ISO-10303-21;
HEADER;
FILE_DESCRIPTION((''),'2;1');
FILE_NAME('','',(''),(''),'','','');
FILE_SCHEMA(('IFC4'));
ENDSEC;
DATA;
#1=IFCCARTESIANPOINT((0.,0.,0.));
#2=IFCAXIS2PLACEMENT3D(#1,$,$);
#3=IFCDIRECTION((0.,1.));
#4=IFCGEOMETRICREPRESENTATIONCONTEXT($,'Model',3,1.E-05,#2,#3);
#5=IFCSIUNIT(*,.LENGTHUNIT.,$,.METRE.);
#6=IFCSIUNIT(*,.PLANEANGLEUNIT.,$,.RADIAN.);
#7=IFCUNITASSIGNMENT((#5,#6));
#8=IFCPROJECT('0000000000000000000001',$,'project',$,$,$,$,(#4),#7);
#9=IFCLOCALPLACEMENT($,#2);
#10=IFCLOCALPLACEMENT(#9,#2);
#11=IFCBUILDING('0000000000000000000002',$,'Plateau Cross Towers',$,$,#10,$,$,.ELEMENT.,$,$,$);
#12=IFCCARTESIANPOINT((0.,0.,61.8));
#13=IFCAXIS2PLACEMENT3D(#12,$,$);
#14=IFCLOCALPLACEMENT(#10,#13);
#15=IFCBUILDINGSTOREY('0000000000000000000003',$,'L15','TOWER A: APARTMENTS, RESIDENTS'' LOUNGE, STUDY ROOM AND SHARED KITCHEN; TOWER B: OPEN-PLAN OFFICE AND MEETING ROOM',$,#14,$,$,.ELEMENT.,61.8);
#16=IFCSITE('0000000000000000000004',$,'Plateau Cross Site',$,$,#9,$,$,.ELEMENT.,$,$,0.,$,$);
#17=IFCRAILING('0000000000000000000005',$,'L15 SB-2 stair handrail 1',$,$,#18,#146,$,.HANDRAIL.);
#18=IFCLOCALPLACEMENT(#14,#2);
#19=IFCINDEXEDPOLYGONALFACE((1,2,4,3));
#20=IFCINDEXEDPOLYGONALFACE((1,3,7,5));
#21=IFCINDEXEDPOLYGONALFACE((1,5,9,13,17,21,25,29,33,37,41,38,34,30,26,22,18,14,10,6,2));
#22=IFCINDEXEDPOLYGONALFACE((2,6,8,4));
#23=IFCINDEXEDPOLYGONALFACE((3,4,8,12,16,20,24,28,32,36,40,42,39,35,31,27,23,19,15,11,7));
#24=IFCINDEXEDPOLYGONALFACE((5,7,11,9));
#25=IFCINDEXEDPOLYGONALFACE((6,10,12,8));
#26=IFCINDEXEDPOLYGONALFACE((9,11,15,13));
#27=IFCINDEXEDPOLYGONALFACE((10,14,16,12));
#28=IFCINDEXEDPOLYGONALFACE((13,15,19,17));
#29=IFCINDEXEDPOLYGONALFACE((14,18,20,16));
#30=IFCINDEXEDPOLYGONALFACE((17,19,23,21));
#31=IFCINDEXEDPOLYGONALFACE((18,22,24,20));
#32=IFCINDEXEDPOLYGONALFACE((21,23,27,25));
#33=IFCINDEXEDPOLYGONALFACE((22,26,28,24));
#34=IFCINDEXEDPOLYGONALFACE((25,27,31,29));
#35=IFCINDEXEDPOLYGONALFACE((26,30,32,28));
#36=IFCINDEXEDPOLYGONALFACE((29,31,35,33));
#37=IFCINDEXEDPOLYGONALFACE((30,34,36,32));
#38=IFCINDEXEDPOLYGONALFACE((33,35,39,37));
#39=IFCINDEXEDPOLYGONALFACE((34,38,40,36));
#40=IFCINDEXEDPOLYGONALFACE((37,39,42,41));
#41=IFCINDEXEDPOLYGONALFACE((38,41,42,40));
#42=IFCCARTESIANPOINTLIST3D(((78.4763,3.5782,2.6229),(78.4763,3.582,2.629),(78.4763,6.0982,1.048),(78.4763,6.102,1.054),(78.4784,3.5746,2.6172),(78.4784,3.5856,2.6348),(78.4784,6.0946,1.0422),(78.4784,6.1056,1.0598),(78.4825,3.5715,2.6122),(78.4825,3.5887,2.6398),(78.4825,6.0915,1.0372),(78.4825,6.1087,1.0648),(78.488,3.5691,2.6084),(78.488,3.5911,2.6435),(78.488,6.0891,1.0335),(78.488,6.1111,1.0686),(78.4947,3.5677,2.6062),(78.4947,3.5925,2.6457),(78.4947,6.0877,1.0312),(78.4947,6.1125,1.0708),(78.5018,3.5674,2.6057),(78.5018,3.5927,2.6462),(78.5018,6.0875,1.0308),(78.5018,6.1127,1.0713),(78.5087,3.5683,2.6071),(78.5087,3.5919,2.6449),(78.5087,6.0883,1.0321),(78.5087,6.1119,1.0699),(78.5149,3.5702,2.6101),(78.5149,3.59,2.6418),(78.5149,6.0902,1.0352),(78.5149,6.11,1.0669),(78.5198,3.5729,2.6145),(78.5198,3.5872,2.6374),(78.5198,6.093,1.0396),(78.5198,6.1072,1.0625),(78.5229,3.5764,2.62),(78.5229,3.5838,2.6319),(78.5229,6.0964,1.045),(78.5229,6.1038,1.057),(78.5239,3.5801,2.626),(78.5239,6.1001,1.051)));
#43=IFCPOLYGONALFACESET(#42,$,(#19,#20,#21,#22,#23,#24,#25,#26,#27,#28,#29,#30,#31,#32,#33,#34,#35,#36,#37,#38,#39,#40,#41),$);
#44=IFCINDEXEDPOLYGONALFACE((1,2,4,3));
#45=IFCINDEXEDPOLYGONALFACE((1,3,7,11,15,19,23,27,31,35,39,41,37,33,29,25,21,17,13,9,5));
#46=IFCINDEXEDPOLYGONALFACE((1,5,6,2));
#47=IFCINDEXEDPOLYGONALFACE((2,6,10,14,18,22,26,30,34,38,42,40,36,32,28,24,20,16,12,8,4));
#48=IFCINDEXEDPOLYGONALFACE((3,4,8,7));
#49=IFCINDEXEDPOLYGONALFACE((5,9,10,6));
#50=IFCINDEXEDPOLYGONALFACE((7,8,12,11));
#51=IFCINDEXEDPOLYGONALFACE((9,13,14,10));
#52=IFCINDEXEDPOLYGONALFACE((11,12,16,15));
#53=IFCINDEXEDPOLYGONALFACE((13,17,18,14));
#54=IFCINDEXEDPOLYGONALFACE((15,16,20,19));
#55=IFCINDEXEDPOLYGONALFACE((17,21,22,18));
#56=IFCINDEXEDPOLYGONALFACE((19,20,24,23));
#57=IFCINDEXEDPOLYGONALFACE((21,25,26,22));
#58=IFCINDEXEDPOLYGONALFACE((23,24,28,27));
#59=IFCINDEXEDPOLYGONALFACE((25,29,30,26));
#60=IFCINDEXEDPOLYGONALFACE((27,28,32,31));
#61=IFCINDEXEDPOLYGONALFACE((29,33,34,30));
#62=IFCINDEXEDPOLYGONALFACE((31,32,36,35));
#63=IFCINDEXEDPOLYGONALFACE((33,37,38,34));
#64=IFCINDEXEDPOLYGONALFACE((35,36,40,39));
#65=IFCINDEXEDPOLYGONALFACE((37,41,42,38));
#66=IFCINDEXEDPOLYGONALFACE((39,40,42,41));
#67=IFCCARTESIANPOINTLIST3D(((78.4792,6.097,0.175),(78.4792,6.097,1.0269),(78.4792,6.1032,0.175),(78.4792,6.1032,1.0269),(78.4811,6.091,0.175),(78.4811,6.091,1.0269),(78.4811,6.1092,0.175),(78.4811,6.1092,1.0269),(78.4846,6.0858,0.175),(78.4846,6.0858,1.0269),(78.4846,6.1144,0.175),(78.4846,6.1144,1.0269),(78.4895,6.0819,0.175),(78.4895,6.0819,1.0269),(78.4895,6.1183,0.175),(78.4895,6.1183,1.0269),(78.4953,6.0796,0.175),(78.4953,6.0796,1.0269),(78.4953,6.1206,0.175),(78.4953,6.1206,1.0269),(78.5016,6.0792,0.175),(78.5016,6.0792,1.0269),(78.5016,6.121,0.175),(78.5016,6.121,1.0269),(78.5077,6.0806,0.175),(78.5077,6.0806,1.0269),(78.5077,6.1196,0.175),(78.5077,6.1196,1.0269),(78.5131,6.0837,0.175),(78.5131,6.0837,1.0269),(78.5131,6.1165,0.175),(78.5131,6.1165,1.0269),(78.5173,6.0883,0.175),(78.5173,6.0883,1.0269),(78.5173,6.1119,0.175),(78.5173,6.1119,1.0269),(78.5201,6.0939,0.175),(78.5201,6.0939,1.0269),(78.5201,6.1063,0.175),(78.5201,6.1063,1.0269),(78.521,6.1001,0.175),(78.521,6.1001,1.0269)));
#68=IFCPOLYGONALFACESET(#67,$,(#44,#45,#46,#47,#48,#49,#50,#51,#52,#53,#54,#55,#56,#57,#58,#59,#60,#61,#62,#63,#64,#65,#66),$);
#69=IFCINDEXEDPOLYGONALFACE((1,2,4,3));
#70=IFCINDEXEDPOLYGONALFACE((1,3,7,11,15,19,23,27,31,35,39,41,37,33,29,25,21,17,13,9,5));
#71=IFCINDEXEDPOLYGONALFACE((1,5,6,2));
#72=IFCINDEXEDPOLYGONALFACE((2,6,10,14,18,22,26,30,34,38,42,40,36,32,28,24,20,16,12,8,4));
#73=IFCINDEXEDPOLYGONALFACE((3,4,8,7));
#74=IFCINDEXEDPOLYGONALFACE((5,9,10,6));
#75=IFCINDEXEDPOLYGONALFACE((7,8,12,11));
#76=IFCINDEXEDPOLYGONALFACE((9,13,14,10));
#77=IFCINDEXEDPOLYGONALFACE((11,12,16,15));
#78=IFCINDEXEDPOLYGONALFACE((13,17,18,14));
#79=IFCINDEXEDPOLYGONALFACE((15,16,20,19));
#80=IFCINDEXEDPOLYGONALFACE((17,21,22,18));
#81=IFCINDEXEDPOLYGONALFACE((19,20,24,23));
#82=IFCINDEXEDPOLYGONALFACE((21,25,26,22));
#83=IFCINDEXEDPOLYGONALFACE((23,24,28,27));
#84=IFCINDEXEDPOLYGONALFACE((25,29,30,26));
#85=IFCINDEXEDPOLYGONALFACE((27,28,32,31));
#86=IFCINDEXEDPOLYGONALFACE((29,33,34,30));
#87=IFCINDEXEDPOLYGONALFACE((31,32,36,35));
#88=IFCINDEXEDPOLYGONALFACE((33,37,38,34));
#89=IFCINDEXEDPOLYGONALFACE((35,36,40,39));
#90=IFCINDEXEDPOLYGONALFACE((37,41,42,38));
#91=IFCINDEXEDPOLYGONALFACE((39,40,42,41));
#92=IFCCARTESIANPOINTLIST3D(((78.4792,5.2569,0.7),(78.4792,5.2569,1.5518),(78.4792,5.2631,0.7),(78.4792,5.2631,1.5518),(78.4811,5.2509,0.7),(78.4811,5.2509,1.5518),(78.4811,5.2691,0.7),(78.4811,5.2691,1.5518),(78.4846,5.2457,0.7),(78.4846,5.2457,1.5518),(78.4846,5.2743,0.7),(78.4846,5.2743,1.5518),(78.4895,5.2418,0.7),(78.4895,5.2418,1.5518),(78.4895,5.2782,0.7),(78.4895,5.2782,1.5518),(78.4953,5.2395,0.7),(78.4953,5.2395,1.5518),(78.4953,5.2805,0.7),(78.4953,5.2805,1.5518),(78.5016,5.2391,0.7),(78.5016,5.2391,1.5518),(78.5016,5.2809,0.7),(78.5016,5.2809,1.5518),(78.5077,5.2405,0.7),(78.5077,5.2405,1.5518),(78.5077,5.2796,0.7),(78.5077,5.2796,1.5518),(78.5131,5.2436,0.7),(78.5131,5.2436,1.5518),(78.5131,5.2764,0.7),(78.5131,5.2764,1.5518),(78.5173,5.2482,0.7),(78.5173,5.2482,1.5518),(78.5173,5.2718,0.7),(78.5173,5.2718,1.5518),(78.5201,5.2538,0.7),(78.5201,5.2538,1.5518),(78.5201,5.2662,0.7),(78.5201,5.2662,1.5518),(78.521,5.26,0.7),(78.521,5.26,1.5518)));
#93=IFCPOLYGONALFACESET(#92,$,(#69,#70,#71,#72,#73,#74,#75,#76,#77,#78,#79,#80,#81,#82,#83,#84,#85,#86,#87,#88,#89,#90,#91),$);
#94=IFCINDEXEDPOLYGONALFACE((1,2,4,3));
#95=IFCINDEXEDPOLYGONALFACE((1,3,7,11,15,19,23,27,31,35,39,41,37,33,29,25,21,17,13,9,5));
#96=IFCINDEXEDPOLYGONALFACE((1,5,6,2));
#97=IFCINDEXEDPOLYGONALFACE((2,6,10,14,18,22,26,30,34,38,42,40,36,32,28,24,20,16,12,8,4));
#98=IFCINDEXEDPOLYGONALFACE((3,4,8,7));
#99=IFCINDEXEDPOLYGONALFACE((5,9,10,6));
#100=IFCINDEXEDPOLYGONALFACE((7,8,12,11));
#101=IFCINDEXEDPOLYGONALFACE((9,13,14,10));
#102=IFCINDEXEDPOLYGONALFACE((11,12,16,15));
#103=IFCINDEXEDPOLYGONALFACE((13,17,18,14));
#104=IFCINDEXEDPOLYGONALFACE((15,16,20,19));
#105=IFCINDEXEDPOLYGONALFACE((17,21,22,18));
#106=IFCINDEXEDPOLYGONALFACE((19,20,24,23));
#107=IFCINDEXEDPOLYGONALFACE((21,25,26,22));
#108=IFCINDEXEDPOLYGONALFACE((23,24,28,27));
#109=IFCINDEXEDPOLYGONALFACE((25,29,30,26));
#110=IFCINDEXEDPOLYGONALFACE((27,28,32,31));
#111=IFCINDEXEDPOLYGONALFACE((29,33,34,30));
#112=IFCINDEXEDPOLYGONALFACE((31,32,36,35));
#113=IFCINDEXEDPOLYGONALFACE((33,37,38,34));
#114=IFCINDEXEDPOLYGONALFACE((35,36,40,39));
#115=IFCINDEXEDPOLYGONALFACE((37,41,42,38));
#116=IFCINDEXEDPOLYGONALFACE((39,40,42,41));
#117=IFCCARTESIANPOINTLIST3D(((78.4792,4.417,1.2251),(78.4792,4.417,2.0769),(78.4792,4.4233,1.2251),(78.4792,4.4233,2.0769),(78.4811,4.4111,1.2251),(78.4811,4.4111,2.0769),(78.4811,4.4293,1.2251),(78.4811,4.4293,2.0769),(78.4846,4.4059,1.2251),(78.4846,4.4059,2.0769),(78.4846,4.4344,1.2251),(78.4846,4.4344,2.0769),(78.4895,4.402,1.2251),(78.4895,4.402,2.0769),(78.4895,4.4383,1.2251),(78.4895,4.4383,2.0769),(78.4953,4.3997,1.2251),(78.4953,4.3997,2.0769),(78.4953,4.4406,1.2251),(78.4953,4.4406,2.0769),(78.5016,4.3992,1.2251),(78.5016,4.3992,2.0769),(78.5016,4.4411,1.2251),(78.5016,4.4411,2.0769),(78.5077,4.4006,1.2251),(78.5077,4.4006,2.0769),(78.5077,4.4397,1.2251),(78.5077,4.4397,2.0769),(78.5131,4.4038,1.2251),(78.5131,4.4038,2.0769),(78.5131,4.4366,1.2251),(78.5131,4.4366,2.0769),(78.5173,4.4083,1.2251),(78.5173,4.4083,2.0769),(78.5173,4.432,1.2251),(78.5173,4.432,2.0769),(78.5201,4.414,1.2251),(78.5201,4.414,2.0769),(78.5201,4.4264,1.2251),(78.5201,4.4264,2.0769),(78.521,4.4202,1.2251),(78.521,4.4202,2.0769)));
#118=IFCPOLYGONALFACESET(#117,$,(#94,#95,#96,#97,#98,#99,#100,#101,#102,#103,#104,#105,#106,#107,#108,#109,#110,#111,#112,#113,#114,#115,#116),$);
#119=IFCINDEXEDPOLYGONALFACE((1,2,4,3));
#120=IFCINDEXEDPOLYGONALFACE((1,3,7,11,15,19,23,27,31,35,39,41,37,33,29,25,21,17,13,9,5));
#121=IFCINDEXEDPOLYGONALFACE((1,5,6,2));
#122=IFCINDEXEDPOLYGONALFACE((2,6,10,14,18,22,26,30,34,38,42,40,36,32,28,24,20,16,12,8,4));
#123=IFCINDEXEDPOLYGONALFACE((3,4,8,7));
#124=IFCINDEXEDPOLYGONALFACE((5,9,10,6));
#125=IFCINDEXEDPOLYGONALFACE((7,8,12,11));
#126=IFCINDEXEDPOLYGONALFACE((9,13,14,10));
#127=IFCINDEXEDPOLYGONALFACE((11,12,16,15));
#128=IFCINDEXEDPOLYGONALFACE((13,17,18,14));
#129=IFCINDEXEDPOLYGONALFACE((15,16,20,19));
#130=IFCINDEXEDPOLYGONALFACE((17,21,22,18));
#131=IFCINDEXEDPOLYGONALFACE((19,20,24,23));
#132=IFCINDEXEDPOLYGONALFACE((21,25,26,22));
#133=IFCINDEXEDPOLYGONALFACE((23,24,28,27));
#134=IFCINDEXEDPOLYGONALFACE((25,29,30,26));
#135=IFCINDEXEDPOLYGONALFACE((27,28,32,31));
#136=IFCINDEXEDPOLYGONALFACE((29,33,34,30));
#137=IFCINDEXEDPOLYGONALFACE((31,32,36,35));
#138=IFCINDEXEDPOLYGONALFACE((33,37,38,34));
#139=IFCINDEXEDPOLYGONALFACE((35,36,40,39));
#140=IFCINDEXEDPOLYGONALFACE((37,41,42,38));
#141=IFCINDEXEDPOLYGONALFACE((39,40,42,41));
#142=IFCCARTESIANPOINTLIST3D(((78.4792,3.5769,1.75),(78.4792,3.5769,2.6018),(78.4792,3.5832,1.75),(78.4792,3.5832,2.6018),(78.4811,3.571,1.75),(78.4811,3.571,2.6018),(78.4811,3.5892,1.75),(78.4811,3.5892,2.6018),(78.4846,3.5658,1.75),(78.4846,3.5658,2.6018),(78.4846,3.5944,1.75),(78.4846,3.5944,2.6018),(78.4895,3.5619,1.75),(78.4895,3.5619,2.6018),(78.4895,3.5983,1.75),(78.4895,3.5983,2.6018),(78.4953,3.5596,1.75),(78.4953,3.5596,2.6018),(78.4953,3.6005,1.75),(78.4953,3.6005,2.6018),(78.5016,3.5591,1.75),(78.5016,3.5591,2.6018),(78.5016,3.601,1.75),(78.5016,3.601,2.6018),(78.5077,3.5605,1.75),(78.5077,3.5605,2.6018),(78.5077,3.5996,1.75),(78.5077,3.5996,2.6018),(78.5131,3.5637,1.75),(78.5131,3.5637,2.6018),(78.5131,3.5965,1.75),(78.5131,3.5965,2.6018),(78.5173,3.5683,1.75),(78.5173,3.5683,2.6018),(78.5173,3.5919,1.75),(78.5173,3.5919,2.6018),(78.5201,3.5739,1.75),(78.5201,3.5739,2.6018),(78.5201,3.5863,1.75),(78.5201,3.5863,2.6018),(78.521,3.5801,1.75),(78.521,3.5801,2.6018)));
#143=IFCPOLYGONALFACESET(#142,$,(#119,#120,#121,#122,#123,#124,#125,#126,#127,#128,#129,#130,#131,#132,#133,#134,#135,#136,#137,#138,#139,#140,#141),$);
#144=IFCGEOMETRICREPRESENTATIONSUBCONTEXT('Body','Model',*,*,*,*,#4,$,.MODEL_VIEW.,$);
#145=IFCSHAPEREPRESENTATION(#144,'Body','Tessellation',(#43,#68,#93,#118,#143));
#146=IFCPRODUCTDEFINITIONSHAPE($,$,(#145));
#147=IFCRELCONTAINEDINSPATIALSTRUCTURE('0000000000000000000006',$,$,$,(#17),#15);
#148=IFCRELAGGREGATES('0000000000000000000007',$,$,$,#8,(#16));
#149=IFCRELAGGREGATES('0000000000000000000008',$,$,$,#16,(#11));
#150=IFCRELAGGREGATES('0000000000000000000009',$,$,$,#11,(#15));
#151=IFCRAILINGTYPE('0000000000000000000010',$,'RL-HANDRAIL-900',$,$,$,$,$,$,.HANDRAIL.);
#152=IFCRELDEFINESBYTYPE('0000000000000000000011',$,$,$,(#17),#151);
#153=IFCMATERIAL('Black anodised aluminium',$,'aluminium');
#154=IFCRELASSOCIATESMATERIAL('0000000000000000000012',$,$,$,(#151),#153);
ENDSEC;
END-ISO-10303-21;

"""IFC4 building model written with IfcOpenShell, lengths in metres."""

from ifc_helpers import new_model, si_unit, direction, frame, origin, origin_2d, place, context, subcontext, project, spatial, circle, extrude, material, type_object, element, save


model = new_model("IFC4")

# Units and contexts
model_context = context("Model", 3, precision=1e-05, world=origin(), true_north=direction((0.0, 1.0)))
body_context = subcontext(model_context, "Body", "Model", "MODEL_VIEW")
ifc_project = project(units=[si_unit("LENGTHUNIT", "METRE"), si_unit("PLANEANGLEUNIT", "RADIAN")], contexts=[model_context])

# Site, building, storey
site_placement = place(None, origin())
site = spatial("IfcSite", under=ifc_project, at=site_placement, Name="Plateau Cross Site", CompositionType="ELEMENT", RefElevation=0.0)
building_placement = place(site_placement, origin())
building = spatial("IfcBuilding", under=site, at=building_placement, Name="Plateau Cross Towers", CompositionType="ELEMENT")
storey_placement = place(building_placement, frame((0.0, 0.0, 61.8)))
storey = spatial("IfcBuildingStorey", under=building, at=storey_placement, Name="L15", Description="TOWER A: APARTMENTS, RESIDENTS' LOUNGE, STUDY ROOM AND SHARED KITCHEN; TOWER B: OPEN-PLAN OFFICE AND MEETING ROOM", CompositionType="ELEMENT", Elevation=61.8)

# Railing
ifc_material_1 = material(Name="Black anodised aluminium", Category="aluminium")
railing_type_1 = type_object("IfcRailingType", Name="RL-HANDRAIL-900", PredefinedType="HANDRAIL", material=ifc_material_1)
railing_1_placement = place(storey_placement, frame((78.5, 6.1001, 0.175)))
element("IfcRailing", 1, at=railing_1_placement, inside=storey, type_object=railing_type_1, Name="L15 SB-2 stair handrail 1", PredefinedType="HANDRAIL", context=body_context, shape_type="SweptSolid", body=[
    extrude(circle(Radius=0.0239, at=origin_2d()), frame((0.0, 0.0, 0.876), z_axis=(0.0, -0.848008, 0.529984), x_axis=(1.0, 0.0, 0.0)), (0.0, 0.0, 1.0), 2.9717),
    extrude(circle(Radius=0.021, at=origin_2d()), origin(), (0.0, 0.0, 1.0), 0.8518),
    extrude(circle(Radius=0.021, at=origin_2d()), frame((0.0, -0.8401, 0.5249)), (0.0, 0.0, 1.0), 0.8518),
    extrude(circle(Radius=0.021, at=origin_2d()), frame((0.0, -1.6799, 1.05)), (0.0, 0.0, 1.0), 0.8518),
    extrude(circle(Radius=0.021, at=origin_2d()), frame((0.0, -2.52, 1.575)), (0.0, 0.0, 1.0), 0.8518),
])

save(model, "model.ifc")
